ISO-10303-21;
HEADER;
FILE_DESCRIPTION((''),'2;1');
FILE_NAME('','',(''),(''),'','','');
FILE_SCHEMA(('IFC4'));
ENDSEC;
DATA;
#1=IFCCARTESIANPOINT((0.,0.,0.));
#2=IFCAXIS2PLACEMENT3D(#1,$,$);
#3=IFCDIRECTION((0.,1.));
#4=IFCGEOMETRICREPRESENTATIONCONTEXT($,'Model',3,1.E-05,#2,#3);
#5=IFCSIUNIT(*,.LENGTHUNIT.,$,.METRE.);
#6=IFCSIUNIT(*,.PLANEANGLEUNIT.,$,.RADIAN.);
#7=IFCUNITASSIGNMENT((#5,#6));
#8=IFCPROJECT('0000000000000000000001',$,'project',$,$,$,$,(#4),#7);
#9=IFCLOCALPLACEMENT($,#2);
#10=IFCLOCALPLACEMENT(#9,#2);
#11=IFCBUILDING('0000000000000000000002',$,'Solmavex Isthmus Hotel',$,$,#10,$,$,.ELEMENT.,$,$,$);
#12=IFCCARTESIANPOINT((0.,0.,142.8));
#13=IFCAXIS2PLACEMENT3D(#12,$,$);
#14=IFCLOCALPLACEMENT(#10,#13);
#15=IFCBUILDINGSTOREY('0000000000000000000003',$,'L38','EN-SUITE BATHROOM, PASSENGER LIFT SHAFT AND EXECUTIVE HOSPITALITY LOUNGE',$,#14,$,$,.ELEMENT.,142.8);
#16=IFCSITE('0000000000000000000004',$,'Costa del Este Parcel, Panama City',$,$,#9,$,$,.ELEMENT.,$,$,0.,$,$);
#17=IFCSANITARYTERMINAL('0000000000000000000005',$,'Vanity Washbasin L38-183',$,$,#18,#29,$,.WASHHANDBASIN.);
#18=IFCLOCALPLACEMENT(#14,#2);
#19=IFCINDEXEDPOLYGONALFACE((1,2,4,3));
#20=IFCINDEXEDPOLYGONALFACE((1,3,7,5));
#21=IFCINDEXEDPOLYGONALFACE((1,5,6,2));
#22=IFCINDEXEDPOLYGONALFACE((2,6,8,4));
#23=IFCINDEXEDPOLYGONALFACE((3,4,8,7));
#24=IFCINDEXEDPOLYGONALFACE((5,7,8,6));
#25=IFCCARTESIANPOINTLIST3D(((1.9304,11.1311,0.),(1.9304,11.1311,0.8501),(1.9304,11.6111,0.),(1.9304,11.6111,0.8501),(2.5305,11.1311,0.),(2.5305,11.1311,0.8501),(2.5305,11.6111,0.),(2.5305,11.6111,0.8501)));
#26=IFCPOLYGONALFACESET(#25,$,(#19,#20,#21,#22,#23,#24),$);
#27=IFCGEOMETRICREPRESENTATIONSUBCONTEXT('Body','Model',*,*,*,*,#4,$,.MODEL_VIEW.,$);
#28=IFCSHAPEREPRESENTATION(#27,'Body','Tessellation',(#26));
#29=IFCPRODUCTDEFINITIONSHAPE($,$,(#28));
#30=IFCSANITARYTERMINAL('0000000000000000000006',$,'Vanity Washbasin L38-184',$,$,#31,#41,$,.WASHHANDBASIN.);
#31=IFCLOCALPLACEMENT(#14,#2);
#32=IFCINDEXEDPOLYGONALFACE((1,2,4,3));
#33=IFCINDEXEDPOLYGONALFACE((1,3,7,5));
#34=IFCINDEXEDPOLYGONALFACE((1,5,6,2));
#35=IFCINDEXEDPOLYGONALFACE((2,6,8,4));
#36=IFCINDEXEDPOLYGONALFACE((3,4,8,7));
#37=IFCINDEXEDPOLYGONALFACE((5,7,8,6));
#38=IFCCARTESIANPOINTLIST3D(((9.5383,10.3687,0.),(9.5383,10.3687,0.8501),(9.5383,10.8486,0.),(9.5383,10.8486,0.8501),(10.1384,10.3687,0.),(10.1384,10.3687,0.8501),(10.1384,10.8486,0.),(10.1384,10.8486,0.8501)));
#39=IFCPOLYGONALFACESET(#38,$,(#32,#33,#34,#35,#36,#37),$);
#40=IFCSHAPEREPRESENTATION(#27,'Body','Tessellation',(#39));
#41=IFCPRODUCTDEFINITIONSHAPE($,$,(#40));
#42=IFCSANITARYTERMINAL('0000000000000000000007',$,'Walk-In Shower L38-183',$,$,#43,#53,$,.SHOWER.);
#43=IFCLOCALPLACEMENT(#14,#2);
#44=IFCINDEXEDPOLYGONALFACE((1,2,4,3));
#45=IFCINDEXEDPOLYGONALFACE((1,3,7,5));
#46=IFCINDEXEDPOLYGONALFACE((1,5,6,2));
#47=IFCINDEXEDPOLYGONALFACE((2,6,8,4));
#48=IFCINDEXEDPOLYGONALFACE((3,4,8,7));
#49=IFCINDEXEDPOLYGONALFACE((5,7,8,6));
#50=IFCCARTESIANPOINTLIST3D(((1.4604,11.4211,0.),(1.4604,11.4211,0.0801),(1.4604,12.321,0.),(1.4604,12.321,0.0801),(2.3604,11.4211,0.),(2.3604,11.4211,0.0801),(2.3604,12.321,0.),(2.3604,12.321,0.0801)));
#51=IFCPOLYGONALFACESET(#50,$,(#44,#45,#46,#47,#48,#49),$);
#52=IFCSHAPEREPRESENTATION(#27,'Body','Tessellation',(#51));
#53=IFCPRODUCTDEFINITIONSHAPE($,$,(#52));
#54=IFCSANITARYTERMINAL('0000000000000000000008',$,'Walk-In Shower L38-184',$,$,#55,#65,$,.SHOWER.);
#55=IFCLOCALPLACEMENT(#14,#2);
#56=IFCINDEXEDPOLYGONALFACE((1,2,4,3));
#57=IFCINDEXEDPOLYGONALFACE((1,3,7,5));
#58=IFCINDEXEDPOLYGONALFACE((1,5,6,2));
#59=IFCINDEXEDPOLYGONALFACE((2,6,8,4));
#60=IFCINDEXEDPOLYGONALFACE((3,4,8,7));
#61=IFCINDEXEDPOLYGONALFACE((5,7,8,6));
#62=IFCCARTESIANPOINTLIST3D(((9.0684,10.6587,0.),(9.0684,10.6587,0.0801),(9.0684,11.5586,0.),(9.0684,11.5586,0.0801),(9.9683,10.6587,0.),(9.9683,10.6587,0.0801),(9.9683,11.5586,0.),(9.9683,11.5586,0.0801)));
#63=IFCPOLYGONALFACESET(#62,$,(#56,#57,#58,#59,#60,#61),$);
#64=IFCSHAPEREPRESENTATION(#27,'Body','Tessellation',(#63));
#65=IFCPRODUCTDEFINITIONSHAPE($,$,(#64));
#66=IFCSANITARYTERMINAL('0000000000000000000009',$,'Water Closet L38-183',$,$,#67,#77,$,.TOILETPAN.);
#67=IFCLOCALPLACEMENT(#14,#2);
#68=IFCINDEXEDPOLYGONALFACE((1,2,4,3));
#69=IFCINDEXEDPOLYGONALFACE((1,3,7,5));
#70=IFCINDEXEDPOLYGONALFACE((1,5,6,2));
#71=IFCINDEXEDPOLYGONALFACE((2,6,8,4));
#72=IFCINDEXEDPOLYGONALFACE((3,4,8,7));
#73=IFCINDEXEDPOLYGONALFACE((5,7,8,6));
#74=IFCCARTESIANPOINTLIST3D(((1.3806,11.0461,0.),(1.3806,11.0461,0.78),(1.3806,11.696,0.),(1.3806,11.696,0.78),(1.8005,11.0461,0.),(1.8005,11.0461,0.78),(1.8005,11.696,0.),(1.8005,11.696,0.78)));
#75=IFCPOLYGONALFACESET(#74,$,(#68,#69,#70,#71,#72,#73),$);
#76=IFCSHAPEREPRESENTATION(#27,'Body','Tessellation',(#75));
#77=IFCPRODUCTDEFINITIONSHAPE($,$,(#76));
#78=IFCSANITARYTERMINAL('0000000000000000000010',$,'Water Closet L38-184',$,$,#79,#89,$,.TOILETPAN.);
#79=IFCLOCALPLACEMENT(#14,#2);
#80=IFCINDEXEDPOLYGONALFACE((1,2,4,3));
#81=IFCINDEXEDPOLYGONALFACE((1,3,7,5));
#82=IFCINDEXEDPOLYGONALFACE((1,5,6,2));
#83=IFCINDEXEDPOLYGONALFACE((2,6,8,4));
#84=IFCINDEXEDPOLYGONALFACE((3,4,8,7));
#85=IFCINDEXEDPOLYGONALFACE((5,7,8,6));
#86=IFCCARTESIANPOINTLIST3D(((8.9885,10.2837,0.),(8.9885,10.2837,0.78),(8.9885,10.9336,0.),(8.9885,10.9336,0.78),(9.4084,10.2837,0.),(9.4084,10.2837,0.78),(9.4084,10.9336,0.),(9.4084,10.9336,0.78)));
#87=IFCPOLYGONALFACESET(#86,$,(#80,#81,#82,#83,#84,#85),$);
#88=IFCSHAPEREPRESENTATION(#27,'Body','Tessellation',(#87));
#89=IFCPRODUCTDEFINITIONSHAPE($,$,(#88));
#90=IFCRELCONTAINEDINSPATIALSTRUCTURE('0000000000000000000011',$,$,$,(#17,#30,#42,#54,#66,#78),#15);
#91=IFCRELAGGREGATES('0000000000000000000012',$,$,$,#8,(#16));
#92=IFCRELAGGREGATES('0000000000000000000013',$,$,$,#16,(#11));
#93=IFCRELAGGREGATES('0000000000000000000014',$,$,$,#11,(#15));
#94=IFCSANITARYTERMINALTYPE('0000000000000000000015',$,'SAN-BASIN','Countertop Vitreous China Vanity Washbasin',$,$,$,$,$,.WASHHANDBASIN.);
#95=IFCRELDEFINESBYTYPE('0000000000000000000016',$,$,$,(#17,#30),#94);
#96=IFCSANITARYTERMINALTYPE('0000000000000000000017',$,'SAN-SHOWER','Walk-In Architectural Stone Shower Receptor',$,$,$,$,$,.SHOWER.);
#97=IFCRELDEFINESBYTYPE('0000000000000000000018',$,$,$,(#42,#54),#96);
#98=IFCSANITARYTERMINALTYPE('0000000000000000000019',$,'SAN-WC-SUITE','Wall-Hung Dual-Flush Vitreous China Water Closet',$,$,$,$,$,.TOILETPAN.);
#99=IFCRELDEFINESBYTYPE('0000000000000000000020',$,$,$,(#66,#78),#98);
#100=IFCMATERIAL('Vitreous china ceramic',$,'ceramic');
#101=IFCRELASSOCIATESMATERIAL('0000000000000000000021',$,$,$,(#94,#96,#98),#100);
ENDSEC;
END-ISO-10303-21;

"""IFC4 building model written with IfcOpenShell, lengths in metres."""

from ifc_helpers import new_model, si_unit, direction, frame, origin, origin_2d, place, context, subcontext, project, spatial, rectangle, extrude, material, type_object, element, save


model = new_model("IFC4")

# Units and contexts
model_context = context("Model", 3, precision=1e-05, world=origin(), true_north=direction((0.0, 1.0)))
body_context = subcontext(model_context, "Body", "Model", "MODEL_VIEW")
ifc_project = project(units=[si_unit("LENGTHUNIT", "METRE"), si_unit("PLANEANGLEUNIT", "RADIAN")], contexts=[model_context])

# Site, building, storey
site_placement = place(None, origin())
site = spatial("IfcSite", under=ifc_project, at=site_placement, Name="Costa del Este Parcel, Panama City", CompositionType="ELEMENT", RefElevation=0.0)
building_placement = place(site_placement, origin())
building = spatial("IfcBuilding", under=site, at=building_placement, Name="Solmavex Isthmus Hotel", CompositionType="ELEMENT")
storey_placement = place(building_placement, frame((0.0, 0.0, 142.8)))
storey = spatial("IfcBuildingStorey", under=building, at=storey_placement, Name="L38", Description="EN-SUITE BATHROOM, PASSENGER LIFT SHAFT AND EXECUTIVE HOSPITALITY LOUNGE", CompositionType="ELEMENT", Elevation=142.8)

# Sanitary terminals
ifc_material_1 = material(Name="Vitreous china ceramic", Category="ceramic")
sanitary_terminal_type_1 = type_object("IfcSanitaryTerminalType", Name="SAN-BASIN", Description="Countertop Vitreous China Vanity Washbasin", PredefinedType="WASHHANDBASIN", material=ifc_material_1)
for number, where, z_axis, x_axis, name in (
    (1, (2.2305, 11.3711, 0.0), (0.0, 0.0, 1.0), (1.0, 0.0, 0.0), "Vanity Washbasin L38-183"),
    (2, (9.8384, 10.6086, 0.0), (0.0, 0.0, 1.0), (1.0, 0.0, 0.0), "Vanity Washbasin L38-184"),
):
    element("IfcSanitaryTerminal", number, at=place(storey_placement, frame(where, z_axis=z_axis, x_axis=x_axis)), inside=storey, type_object=sanitary_terminal_type_1, Name=name, PredefinedType="WASHHANDBASIN", context=body_context, shape_type="SweptSolid", body=[
        extrude(rectangle(XDim=0.6001, YDim=0.48, at=origin_2d()), origin(), (0.0, 0.0, 1.0), 0.8501),
    ])
sanitary_terminal_type_2 = type_object("IfcSanitaryTerminalType", Name="SAN-SHOWER", Description="Walk-In Architectural Stone Shower Receptor", PredefinedType="SHOWER", material=ifc_material_1)
for number, where, z_axis, x_axis, name in (
    (3, (1.9104, 11.8711, 0.0), (0.0, 0.0, 1.0), (1.0, 0.0, 0.0), "Walk-In Shower L38-183"),
    (4, (9.5183, 11.1086, 0.0), (0.0, 0.0, 1.0), (1.0, 0.0, 0.0), "Walk-In Shower L38-184"),
):
    element("IfcSanitaryTerminal", number, at=place(storey_placement, frame(where, z_axis=z_axis, x_axis=x_axis)), inside=storey, type_object=sanitary_terminal_type_2, Name=name, PredefinedType="SHOWER", context=body_context, shape_type="SweptSolid", body=[
        extrude(rectangle(XDim=0.8999, YDim=0.8999, at=origin_2d()), origin(), (0.0, 0.0, 1.0), 0.0801),
    ])
sanitary_terminal_type_3 = type_object("IfcSanitaryTerminalType", Name="SAN-WC-SUITE", Description="Wall-Hung Dual-Flush Vitreous China Water Closet", PredefinedType="TOILETPAN", material=ifc_material_1)
for number, where, z_axis, x_axis, name in (
    (5, (1.5906, 11.3711, 0.0), (0.0, 0.0, 1.0), (1.0, 0.0, 0.0), "Water Closet L38-183"),
    (6, (9.1985, 10.6086, 0.0), (0.0, 0.0, 1.0), (1.0, 0.0, 0.0), "Water Closet L38-184"),
):
    element("IfcSanitaryTerminal", number, at=place(storey_placement, frame(where, z_axis=z_axis, x_axis=x_axis)), inside=storey, type_object=sanitary_terminal_type_3, Name=name, PredefinedType="TOILETPAN", context=body_context, shape_type="SweptSolid", body=[
        extrude(rectangle(XDim=0.4199, YDim=0.6499, at=origin_2d()), origin(), (0.0, 0.0, 1.0), 0.78),
    ])

save(model, "model.ifc")
